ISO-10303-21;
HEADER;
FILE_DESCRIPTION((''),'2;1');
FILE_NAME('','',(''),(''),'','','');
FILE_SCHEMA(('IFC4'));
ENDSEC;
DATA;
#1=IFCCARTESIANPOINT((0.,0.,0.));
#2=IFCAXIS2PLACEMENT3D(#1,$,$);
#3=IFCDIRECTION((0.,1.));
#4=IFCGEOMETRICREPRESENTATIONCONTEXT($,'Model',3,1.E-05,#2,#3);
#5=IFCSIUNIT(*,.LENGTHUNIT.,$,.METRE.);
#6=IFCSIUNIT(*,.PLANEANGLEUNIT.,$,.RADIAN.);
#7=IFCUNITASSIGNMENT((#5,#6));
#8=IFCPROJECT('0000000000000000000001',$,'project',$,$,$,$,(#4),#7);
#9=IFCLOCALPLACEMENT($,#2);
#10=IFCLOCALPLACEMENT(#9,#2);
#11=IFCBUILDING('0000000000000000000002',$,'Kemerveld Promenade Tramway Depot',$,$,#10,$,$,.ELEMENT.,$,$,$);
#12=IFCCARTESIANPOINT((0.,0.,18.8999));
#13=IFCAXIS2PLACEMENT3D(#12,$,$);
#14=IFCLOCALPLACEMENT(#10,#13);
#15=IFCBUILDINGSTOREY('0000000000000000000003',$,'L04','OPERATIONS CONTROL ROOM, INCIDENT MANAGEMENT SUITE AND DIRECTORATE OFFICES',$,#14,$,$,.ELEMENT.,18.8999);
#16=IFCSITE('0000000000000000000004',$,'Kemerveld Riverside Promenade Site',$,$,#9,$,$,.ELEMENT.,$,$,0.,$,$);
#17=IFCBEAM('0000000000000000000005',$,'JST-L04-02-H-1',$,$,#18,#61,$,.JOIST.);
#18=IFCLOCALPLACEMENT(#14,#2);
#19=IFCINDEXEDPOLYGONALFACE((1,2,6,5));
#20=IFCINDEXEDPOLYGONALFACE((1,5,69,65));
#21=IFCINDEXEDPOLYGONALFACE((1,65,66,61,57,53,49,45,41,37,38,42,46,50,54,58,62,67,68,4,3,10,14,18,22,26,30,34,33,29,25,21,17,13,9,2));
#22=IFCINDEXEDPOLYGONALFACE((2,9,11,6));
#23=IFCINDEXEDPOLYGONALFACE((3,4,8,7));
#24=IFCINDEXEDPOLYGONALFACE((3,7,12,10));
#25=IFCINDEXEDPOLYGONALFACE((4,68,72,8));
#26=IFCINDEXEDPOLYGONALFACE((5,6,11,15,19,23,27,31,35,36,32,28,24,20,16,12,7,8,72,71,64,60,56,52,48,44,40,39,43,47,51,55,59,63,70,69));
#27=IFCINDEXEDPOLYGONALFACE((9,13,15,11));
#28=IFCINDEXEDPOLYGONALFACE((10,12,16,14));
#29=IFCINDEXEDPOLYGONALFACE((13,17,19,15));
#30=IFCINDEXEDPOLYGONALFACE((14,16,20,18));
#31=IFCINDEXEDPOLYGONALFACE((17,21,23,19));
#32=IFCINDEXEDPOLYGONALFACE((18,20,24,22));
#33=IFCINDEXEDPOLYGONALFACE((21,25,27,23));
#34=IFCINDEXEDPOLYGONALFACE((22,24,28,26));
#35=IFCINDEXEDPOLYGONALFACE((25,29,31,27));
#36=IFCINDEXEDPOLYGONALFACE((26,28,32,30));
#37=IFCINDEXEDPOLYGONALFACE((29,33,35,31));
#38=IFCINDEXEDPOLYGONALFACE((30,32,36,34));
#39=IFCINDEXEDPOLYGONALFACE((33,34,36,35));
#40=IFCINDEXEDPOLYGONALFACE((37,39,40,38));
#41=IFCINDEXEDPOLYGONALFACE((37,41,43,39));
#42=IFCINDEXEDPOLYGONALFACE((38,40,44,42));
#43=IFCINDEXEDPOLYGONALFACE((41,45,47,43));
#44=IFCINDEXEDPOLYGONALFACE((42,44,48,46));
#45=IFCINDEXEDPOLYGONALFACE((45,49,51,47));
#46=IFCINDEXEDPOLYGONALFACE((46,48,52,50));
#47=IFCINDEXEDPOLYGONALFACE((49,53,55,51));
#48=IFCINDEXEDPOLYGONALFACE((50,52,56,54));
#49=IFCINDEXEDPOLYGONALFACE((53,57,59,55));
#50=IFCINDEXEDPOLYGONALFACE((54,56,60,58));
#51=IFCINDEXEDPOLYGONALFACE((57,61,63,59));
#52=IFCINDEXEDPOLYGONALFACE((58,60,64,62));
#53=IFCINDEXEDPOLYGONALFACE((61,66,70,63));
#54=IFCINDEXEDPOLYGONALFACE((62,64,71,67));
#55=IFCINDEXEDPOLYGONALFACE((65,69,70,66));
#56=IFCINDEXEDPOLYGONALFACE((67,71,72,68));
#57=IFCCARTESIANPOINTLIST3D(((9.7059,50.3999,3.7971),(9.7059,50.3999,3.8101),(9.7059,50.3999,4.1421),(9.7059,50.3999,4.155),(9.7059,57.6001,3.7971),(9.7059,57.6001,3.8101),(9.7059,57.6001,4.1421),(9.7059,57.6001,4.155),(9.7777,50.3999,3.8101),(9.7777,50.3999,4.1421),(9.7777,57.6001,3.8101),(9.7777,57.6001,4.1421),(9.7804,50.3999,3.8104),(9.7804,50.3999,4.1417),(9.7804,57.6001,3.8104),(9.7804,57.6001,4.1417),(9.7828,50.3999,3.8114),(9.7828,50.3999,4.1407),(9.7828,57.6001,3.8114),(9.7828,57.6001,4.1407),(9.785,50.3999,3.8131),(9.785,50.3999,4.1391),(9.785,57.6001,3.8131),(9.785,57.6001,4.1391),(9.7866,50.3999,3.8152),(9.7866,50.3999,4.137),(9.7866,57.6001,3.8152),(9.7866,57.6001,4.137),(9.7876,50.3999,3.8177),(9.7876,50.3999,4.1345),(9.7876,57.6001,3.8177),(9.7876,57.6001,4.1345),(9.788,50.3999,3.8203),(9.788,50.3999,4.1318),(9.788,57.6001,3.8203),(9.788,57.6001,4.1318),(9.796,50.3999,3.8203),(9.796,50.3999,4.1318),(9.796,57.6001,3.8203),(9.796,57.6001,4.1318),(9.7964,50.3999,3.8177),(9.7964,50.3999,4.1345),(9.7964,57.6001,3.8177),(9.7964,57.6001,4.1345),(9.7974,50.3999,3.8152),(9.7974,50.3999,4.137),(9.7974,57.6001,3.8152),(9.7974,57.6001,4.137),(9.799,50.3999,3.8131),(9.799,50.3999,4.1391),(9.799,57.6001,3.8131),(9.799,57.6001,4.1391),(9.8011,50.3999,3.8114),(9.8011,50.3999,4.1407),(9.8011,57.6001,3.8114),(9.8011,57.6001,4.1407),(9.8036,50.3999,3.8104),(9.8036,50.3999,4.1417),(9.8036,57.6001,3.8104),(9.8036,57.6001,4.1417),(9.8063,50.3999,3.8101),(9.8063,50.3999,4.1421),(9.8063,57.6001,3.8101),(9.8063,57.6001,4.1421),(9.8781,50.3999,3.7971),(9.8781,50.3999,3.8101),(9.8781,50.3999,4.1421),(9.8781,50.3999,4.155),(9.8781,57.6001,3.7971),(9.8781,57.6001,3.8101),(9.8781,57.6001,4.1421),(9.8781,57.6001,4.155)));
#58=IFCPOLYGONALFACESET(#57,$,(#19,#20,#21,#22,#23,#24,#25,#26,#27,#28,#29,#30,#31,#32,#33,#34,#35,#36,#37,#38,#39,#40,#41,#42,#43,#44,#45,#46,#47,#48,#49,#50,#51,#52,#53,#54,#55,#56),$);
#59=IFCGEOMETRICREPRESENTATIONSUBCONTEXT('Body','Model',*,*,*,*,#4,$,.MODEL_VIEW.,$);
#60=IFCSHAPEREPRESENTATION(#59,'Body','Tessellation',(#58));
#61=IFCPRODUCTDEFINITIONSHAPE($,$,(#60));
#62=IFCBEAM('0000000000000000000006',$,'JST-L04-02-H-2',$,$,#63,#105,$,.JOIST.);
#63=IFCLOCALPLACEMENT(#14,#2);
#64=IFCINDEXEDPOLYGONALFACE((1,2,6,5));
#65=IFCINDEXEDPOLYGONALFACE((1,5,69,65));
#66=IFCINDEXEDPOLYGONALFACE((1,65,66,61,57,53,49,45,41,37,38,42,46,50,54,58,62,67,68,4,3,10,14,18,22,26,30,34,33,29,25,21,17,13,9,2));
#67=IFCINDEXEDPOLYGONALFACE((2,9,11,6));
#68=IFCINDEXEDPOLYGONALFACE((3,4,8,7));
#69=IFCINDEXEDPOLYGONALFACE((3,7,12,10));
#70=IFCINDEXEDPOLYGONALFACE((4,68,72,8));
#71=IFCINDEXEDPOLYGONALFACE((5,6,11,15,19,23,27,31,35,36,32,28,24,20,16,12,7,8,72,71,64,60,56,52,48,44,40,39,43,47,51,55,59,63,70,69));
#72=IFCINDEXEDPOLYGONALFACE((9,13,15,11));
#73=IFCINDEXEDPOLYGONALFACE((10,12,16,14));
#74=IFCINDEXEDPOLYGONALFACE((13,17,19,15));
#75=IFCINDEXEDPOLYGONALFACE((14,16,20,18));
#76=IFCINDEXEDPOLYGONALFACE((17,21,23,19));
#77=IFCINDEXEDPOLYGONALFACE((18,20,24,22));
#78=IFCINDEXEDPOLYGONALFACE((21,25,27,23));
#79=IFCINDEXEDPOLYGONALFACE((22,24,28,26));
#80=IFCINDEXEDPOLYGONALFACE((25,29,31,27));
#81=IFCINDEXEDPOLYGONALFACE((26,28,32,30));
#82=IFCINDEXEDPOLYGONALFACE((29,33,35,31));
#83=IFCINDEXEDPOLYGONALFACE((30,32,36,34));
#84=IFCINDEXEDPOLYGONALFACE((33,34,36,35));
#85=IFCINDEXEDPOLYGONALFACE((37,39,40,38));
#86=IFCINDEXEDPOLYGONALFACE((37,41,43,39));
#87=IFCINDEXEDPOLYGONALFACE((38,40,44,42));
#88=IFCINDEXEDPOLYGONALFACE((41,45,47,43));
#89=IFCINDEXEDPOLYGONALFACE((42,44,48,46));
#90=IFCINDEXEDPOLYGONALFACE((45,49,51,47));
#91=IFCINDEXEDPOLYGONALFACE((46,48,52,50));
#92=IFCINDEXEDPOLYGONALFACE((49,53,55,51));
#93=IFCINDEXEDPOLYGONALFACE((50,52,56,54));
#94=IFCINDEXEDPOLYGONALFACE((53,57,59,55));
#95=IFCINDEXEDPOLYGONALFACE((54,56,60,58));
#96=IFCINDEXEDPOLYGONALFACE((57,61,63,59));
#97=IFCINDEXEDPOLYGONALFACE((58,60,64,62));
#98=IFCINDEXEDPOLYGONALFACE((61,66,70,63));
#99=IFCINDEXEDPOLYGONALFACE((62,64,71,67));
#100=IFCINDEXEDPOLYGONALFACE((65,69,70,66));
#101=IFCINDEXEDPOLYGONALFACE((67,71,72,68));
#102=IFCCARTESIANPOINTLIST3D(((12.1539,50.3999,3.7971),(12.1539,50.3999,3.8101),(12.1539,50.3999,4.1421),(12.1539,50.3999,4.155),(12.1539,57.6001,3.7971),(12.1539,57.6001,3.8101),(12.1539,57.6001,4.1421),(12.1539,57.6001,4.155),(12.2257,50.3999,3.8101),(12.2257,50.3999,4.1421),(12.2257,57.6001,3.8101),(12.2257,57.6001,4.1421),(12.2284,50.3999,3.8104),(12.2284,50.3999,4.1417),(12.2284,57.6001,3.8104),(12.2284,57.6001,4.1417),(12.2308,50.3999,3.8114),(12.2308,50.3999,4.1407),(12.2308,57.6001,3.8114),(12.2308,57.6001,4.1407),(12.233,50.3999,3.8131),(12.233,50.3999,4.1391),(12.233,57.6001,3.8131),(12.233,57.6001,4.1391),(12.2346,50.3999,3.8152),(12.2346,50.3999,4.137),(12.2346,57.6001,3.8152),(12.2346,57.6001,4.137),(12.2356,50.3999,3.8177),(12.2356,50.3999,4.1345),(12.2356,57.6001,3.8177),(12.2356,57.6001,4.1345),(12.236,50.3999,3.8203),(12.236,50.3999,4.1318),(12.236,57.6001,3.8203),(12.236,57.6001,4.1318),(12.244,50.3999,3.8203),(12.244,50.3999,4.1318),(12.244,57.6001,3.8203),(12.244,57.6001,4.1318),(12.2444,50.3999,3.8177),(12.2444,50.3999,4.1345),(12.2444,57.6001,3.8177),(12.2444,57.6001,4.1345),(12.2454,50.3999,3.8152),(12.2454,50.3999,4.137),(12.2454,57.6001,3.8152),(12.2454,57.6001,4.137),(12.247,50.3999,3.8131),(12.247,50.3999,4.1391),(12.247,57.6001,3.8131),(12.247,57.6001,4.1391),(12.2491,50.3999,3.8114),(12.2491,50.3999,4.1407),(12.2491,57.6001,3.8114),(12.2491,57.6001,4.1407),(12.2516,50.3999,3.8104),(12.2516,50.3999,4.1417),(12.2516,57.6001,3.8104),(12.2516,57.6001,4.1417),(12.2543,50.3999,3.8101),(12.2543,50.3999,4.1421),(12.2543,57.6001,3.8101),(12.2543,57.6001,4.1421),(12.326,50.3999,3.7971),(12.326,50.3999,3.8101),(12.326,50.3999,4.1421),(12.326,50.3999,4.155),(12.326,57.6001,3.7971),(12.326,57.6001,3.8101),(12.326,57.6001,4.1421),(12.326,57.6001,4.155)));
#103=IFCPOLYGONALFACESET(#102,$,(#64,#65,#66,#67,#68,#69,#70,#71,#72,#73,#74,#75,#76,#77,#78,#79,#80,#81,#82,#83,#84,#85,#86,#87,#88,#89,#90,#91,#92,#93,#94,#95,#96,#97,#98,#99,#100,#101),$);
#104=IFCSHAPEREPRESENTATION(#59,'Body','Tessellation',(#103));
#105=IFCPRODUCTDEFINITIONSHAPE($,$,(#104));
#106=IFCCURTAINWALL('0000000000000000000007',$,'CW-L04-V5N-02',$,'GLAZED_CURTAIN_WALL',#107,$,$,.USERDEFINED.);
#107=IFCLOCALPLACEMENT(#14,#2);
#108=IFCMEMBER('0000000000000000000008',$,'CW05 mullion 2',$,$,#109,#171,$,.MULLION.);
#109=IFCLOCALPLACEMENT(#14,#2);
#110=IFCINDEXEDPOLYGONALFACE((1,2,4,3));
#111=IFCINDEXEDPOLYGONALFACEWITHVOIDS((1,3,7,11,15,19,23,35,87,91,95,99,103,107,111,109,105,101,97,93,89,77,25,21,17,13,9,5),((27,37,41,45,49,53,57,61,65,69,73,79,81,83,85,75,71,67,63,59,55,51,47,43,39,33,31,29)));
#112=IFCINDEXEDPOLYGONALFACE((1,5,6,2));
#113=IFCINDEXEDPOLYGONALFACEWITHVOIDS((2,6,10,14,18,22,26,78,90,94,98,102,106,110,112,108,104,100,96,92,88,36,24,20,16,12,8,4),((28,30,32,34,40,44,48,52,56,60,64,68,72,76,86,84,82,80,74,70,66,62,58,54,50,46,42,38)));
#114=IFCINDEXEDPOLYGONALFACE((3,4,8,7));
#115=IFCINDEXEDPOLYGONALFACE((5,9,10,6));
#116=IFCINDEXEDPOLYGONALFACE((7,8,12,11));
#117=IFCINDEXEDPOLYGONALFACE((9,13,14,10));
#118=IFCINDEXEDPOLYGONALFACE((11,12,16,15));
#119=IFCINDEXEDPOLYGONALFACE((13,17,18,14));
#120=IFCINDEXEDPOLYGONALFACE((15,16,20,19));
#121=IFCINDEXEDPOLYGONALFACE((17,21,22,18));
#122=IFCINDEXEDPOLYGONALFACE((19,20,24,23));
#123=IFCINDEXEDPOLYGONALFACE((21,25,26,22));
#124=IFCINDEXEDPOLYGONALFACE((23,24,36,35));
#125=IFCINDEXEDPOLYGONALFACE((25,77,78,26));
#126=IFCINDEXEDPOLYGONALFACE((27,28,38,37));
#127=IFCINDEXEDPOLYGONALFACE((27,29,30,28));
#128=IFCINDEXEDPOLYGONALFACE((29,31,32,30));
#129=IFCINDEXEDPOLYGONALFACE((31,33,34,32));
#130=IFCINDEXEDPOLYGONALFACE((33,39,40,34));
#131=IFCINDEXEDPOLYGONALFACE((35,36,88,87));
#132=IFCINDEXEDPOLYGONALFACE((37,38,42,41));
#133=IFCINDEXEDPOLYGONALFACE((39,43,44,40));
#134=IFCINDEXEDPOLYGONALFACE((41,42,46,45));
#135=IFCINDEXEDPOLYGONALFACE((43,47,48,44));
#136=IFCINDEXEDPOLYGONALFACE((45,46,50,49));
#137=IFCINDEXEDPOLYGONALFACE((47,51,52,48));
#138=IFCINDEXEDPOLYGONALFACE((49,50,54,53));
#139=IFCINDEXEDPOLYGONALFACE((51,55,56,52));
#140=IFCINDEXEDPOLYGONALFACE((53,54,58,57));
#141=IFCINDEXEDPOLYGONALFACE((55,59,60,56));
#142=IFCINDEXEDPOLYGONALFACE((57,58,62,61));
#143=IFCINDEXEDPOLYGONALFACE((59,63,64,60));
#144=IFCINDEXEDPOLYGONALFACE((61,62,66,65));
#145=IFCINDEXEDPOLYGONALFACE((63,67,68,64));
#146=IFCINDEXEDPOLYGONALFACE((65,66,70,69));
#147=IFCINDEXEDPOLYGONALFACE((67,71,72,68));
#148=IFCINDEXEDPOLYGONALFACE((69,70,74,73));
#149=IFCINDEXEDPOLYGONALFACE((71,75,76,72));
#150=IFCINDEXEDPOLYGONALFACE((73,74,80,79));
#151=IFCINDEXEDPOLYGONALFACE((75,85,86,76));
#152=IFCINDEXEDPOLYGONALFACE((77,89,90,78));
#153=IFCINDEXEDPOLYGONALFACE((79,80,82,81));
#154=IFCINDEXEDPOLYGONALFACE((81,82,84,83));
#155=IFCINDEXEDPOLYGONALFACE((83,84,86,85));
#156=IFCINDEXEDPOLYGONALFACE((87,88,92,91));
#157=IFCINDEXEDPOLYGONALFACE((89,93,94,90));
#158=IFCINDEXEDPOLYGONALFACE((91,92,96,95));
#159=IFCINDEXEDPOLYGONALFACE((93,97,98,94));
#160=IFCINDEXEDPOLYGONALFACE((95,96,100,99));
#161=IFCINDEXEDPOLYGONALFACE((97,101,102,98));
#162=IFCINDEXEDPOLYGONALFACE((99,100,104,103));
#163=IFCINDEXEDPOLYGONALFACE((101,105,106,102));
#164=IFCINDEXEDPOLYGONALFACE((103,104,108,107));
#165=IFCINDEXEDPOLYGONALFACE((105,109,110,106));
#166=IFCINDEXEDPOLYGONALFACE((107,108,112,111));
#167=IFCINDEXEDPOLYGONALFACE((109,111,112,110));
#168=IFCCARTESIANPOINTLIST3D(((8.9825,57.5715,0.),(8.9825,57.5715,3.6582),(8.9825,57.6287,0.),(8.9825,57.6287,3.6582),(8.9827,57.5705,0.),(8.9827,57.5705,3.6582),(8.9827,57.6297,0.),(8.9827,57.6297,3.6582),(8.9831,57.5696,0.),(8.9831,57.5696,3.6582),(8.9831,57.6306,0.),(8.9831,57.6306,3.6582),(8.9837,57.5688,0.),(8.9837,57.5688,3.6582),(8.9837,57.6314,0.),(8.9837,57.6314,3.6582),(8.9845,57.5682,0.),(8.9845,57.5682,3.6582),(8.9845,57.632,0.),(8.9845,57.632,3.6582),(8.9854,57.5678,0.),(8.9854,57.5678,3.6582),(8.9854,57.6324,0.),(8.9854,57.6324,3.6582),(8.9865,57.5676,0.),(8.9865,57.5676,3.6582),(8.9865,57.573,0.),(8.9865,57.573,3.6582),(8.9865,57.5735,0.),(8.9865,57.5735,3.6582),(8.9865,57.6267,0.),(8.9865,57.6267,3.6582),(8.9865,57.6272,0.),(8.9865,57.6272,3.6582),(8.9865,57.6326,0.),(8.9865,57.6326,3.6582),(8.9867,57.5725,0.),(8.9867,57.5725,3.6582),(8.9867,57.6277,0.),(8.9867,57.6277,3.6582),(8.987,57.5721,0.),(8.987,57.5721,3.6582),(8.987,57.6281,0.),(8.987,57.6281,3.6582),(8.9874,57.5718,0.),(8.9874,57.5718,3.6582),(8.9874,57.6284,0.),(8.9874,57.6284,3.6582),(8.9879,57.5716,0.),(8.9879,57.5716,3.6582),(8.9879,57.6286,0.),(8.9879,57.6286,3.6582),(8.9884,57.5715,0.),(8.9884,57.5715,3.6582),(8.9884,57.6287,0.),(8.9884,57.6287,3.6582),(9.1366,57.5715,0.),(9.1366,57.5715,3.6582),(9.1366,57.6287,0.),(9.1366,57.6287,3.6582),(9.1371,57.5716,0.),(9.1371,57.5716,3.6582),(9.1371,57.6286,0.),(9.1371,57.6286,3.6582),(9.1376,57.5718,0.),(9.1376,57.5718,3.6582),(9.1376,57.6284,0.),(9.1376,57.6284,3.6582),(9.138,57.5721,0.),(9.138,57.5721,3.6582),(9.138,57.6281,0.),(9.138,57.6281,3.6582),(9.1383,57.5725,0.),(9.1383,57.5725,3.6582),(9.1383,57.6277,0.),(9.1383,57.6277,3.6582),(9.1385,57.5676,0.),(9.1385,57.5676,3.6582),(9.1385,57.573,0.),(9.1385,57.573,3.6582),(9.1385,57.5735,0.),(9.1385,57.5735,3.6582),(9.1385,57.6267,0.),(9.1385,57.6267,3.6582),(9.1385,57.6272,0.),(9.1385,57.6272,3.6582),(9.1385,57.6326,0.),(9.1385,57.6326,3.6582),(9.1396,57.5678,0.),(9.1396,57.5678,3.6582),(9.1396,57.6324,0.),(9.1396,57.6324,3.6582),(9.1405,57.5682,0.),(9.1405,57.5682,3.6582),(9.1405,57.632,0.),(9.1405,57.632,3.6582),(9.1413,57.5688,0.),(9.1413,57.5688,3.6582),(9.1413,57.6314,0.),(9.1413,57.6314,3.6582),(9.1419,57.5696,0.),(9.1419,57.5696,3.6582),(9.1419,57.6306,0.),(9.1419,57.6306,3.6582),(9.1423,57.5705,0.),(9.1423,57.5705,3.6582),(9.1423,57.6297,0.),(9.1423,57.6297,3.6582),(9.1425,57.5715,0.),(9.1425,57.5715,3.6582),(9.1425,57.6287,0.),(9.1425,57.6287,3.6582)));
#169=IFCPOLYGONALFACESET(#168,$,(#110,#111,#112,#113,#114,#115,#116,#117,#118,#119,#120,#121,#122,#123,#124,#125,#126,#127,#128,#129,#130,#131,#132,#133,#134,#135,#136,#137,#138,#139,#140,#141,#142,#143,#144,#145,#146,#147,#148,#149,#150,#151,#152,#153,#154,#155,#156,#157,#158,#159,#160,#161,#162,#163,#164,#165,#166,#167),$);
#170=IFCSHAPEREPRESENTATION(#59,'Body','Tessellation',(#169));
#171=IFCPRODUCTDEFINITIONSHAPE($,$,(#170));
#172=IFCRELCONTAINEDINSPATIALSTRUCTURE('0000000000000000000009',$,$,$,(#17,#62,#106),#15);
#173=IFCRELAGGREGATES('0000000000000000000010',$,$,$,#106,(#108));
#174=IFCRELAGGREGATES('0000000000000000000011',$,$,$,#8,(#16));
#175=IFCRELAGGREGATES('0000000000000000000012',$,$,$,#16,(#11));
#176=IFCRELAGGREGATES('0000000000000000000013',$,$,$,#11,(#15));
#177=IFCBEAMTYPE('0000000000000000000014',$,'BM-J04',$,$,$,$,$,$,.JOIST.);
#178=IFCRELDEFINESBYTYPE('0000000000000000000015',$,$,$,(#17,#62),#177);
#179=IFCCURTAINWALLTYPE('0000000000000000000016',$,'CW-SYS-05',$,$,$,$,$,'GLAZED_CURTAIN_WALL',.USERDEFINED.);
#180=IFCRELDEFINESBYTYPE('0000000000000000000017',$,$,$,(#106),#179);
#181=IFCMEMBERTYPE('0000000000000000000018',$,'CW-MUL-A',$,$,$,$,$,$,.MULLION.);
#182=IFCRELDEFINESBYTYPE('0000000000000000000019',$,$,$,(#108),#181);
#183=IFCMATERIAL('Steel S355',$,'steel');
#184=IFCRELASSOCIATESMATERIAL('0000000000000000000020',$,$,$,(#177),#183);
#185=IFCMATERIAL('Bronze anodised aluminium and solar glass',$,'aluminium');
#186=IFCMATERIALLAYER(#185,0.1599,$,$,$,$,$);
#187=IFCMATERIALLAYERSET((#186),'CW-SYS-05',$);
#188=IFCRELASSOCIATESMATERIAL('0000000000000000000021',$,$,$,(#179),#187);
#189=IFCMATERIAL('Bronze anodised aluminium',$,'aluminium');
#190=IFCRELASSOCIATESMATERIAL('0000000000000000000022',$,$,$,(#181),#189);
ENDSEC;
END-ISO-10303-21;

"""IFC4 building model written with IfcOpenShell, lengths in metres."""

from ifc_helpers import new_model, si_unit, direction, frame, origin, origin_2d, place, context, subcontext, project, spatial, hollow_rectangle, i_section, extrude, material, layer, layer_set, material_profile, profile_set, type_object, element, aggregate, save


model = new_model("IFC4")

# Units and contexts
model_context = context("Model", 3, precision=1e-05, world=origin(), true_north=direction((0.0, 1.0)))
body_context = subcontext(model_context, "Body", "Model", "MODEL_VIEW")
ifc_project = project(units=[si_unit("LENGTHUNIT", "METRE"), si_unit("PLANEANGLEUNIT", "RADIAN")], contexts=[model_context])

# Site, building, storey
site_placement = place(None, origin())
site = spatial("IfcSite", under=ifc_project, at=site_placement, Name="Kemerveld Riverside Promenade Site", CompositionType="ELEMENT", RefElevation=0.0)
building_placement = place(site_placement, origin())
building = spatial("IfcBuilding", under=site, at=building_placement, Name="Kemerveld Promenade Tramway Depot", CompositionType="ELEMENT")
storey_placement = place(building_placement, frame((0.0, 0.0, 18.8999)))
storey = spatial("IfcBuildingStorey", under=building, at=storey_placement, Name="L04", Description="OPERATIONS CONTROL ROOM, INCIDENT MANAGEMENT SUITE AND DIRECTORATE OFFICES", CompositionType="ELEMENT", Elevation=18.8999)

# Beams
ifc_material_1 = material(Name="Steel S355", Category="steel")
ifc_material_profile_1 = material_profile(ifc_material_1, i_section(OverallWidth=0.1721, OverallDepth=0.3579, WebThickness=0.0081, FlangeThickness=0.0129, FilletRadius=0.0103, at=origin_2d()), Name="356x171x57 UB")
ifc_profile_set_1 = profile_set([ifc_material_profile_1], Name="Steel S355")
beam_type = type_object("IfcBeamType", Name="BM-J04", PredefinedType="JOIST", material=ifc_profile_set_1)
for number, where, z_axis, x_axis, name in (
    (1, (9.792, 50.3999, 3.9761), (0.0, 1.0, 0.0), (-1.0, 0.0, 0.0), "JST-L04-02-H-1"),
    (2, (12.24, 50.3999, 3.9761), (0.0, 1.0, 0.0), (-1.0, 0.0, 0.0), "JST-L04-02-H-2"),
):
    element("IfcBeam", number, at=place(storey_placement, frame(where, z_axis=z_axis, x_axis=x_axis)), inside=storey, type_object=beam_type, Name=name, PredefinedType="JOIST", context=body_context, shape_type="SweptSolid", body=[
        extrude(i_section(OverallWidth=0.1721, OverallDepth=0.3579, WebThickness=0.0081, FlangeThickness=0.0129, FilletRadius=0.0103, at=origin_2d()), origin(), (0.0, 0.0, 1.0), 7.2002),
    ])

# Curtain wall, member
ifc_material_2 = material(Name="Bronze anodised aluminium and solar glass", Category="aluminium")
ifc_layer_1 = layer(ifc_material_2, 0.1599)
ifc_layer_set_1 = layer_set([ifc_layer_1], Name="CW-SYS-05")
curtain_wall_type = type_object("IfcCurtainWallType", Name="CW-SYS-05", ElementType="GLAZED_CURTAIN_WALL", PredefinedType="USERDEFINED", material=ifc_layer_set_1)
curtain_wall_placement = place(storey_placement, origin())
curtain_wall = element("IfcCurtainWall", 3, at=curtain_wall_placement, inside=storey, type_object=curtain_wall_type, Name="CW-L04-V5N-02", ObjectType="GLAZED_CURTAIN_WALL", PredefinedType="USERDEFINED")
ifc_material_3 = material(Name="Bronze anodised aluminium", Category="aluminium")
ifc_material_profile_2 = material_profile(ifc_material_3, hollow_rectangle(XDim=0.0649, YDim=0.1599, WallThickness=0.0039, InnerFilletRadius=0.002, OuterFilletRadius=0.0039, at=origin_2d()), Name="CW-MUL-160x65")
ifc_profile_set_2 = profile_set([ifc_material_profile_2], Name="Bronze anodised aluminium")
member_type_1 = type_object("IfcMemberType", Name="CW-MUL-A", PredefinedType="MULLION", material=ifc_profile_set_2)
member_1_placement = place(storey_placement, frame((9.0625, 57.6001, 0.0), z_axis=(0.0, 0.0, 1.0), x_axis=(0.0, 1.0, 0.0)))
member_1 = element("IfcMember", 4, at=member_1_placement, type_object=member_type_1, Name="CW05 mullion 2", PredefinedType="MULLION", context=body_context, shape_type="SweptSolid", body=[
    extrude(hollow_rectangle(XDim=0.0649, YDim=0.1599, WallThickness=0.0039, InnerFilletRadius=0.002, OuterFilletRadius=0.0039, at=origin_2d()), origin(), (0.0, 0.0, 1.0), 3.6582),
])

aggregate(curtain_wall, [member_1])

save(model, "model.ifc")
